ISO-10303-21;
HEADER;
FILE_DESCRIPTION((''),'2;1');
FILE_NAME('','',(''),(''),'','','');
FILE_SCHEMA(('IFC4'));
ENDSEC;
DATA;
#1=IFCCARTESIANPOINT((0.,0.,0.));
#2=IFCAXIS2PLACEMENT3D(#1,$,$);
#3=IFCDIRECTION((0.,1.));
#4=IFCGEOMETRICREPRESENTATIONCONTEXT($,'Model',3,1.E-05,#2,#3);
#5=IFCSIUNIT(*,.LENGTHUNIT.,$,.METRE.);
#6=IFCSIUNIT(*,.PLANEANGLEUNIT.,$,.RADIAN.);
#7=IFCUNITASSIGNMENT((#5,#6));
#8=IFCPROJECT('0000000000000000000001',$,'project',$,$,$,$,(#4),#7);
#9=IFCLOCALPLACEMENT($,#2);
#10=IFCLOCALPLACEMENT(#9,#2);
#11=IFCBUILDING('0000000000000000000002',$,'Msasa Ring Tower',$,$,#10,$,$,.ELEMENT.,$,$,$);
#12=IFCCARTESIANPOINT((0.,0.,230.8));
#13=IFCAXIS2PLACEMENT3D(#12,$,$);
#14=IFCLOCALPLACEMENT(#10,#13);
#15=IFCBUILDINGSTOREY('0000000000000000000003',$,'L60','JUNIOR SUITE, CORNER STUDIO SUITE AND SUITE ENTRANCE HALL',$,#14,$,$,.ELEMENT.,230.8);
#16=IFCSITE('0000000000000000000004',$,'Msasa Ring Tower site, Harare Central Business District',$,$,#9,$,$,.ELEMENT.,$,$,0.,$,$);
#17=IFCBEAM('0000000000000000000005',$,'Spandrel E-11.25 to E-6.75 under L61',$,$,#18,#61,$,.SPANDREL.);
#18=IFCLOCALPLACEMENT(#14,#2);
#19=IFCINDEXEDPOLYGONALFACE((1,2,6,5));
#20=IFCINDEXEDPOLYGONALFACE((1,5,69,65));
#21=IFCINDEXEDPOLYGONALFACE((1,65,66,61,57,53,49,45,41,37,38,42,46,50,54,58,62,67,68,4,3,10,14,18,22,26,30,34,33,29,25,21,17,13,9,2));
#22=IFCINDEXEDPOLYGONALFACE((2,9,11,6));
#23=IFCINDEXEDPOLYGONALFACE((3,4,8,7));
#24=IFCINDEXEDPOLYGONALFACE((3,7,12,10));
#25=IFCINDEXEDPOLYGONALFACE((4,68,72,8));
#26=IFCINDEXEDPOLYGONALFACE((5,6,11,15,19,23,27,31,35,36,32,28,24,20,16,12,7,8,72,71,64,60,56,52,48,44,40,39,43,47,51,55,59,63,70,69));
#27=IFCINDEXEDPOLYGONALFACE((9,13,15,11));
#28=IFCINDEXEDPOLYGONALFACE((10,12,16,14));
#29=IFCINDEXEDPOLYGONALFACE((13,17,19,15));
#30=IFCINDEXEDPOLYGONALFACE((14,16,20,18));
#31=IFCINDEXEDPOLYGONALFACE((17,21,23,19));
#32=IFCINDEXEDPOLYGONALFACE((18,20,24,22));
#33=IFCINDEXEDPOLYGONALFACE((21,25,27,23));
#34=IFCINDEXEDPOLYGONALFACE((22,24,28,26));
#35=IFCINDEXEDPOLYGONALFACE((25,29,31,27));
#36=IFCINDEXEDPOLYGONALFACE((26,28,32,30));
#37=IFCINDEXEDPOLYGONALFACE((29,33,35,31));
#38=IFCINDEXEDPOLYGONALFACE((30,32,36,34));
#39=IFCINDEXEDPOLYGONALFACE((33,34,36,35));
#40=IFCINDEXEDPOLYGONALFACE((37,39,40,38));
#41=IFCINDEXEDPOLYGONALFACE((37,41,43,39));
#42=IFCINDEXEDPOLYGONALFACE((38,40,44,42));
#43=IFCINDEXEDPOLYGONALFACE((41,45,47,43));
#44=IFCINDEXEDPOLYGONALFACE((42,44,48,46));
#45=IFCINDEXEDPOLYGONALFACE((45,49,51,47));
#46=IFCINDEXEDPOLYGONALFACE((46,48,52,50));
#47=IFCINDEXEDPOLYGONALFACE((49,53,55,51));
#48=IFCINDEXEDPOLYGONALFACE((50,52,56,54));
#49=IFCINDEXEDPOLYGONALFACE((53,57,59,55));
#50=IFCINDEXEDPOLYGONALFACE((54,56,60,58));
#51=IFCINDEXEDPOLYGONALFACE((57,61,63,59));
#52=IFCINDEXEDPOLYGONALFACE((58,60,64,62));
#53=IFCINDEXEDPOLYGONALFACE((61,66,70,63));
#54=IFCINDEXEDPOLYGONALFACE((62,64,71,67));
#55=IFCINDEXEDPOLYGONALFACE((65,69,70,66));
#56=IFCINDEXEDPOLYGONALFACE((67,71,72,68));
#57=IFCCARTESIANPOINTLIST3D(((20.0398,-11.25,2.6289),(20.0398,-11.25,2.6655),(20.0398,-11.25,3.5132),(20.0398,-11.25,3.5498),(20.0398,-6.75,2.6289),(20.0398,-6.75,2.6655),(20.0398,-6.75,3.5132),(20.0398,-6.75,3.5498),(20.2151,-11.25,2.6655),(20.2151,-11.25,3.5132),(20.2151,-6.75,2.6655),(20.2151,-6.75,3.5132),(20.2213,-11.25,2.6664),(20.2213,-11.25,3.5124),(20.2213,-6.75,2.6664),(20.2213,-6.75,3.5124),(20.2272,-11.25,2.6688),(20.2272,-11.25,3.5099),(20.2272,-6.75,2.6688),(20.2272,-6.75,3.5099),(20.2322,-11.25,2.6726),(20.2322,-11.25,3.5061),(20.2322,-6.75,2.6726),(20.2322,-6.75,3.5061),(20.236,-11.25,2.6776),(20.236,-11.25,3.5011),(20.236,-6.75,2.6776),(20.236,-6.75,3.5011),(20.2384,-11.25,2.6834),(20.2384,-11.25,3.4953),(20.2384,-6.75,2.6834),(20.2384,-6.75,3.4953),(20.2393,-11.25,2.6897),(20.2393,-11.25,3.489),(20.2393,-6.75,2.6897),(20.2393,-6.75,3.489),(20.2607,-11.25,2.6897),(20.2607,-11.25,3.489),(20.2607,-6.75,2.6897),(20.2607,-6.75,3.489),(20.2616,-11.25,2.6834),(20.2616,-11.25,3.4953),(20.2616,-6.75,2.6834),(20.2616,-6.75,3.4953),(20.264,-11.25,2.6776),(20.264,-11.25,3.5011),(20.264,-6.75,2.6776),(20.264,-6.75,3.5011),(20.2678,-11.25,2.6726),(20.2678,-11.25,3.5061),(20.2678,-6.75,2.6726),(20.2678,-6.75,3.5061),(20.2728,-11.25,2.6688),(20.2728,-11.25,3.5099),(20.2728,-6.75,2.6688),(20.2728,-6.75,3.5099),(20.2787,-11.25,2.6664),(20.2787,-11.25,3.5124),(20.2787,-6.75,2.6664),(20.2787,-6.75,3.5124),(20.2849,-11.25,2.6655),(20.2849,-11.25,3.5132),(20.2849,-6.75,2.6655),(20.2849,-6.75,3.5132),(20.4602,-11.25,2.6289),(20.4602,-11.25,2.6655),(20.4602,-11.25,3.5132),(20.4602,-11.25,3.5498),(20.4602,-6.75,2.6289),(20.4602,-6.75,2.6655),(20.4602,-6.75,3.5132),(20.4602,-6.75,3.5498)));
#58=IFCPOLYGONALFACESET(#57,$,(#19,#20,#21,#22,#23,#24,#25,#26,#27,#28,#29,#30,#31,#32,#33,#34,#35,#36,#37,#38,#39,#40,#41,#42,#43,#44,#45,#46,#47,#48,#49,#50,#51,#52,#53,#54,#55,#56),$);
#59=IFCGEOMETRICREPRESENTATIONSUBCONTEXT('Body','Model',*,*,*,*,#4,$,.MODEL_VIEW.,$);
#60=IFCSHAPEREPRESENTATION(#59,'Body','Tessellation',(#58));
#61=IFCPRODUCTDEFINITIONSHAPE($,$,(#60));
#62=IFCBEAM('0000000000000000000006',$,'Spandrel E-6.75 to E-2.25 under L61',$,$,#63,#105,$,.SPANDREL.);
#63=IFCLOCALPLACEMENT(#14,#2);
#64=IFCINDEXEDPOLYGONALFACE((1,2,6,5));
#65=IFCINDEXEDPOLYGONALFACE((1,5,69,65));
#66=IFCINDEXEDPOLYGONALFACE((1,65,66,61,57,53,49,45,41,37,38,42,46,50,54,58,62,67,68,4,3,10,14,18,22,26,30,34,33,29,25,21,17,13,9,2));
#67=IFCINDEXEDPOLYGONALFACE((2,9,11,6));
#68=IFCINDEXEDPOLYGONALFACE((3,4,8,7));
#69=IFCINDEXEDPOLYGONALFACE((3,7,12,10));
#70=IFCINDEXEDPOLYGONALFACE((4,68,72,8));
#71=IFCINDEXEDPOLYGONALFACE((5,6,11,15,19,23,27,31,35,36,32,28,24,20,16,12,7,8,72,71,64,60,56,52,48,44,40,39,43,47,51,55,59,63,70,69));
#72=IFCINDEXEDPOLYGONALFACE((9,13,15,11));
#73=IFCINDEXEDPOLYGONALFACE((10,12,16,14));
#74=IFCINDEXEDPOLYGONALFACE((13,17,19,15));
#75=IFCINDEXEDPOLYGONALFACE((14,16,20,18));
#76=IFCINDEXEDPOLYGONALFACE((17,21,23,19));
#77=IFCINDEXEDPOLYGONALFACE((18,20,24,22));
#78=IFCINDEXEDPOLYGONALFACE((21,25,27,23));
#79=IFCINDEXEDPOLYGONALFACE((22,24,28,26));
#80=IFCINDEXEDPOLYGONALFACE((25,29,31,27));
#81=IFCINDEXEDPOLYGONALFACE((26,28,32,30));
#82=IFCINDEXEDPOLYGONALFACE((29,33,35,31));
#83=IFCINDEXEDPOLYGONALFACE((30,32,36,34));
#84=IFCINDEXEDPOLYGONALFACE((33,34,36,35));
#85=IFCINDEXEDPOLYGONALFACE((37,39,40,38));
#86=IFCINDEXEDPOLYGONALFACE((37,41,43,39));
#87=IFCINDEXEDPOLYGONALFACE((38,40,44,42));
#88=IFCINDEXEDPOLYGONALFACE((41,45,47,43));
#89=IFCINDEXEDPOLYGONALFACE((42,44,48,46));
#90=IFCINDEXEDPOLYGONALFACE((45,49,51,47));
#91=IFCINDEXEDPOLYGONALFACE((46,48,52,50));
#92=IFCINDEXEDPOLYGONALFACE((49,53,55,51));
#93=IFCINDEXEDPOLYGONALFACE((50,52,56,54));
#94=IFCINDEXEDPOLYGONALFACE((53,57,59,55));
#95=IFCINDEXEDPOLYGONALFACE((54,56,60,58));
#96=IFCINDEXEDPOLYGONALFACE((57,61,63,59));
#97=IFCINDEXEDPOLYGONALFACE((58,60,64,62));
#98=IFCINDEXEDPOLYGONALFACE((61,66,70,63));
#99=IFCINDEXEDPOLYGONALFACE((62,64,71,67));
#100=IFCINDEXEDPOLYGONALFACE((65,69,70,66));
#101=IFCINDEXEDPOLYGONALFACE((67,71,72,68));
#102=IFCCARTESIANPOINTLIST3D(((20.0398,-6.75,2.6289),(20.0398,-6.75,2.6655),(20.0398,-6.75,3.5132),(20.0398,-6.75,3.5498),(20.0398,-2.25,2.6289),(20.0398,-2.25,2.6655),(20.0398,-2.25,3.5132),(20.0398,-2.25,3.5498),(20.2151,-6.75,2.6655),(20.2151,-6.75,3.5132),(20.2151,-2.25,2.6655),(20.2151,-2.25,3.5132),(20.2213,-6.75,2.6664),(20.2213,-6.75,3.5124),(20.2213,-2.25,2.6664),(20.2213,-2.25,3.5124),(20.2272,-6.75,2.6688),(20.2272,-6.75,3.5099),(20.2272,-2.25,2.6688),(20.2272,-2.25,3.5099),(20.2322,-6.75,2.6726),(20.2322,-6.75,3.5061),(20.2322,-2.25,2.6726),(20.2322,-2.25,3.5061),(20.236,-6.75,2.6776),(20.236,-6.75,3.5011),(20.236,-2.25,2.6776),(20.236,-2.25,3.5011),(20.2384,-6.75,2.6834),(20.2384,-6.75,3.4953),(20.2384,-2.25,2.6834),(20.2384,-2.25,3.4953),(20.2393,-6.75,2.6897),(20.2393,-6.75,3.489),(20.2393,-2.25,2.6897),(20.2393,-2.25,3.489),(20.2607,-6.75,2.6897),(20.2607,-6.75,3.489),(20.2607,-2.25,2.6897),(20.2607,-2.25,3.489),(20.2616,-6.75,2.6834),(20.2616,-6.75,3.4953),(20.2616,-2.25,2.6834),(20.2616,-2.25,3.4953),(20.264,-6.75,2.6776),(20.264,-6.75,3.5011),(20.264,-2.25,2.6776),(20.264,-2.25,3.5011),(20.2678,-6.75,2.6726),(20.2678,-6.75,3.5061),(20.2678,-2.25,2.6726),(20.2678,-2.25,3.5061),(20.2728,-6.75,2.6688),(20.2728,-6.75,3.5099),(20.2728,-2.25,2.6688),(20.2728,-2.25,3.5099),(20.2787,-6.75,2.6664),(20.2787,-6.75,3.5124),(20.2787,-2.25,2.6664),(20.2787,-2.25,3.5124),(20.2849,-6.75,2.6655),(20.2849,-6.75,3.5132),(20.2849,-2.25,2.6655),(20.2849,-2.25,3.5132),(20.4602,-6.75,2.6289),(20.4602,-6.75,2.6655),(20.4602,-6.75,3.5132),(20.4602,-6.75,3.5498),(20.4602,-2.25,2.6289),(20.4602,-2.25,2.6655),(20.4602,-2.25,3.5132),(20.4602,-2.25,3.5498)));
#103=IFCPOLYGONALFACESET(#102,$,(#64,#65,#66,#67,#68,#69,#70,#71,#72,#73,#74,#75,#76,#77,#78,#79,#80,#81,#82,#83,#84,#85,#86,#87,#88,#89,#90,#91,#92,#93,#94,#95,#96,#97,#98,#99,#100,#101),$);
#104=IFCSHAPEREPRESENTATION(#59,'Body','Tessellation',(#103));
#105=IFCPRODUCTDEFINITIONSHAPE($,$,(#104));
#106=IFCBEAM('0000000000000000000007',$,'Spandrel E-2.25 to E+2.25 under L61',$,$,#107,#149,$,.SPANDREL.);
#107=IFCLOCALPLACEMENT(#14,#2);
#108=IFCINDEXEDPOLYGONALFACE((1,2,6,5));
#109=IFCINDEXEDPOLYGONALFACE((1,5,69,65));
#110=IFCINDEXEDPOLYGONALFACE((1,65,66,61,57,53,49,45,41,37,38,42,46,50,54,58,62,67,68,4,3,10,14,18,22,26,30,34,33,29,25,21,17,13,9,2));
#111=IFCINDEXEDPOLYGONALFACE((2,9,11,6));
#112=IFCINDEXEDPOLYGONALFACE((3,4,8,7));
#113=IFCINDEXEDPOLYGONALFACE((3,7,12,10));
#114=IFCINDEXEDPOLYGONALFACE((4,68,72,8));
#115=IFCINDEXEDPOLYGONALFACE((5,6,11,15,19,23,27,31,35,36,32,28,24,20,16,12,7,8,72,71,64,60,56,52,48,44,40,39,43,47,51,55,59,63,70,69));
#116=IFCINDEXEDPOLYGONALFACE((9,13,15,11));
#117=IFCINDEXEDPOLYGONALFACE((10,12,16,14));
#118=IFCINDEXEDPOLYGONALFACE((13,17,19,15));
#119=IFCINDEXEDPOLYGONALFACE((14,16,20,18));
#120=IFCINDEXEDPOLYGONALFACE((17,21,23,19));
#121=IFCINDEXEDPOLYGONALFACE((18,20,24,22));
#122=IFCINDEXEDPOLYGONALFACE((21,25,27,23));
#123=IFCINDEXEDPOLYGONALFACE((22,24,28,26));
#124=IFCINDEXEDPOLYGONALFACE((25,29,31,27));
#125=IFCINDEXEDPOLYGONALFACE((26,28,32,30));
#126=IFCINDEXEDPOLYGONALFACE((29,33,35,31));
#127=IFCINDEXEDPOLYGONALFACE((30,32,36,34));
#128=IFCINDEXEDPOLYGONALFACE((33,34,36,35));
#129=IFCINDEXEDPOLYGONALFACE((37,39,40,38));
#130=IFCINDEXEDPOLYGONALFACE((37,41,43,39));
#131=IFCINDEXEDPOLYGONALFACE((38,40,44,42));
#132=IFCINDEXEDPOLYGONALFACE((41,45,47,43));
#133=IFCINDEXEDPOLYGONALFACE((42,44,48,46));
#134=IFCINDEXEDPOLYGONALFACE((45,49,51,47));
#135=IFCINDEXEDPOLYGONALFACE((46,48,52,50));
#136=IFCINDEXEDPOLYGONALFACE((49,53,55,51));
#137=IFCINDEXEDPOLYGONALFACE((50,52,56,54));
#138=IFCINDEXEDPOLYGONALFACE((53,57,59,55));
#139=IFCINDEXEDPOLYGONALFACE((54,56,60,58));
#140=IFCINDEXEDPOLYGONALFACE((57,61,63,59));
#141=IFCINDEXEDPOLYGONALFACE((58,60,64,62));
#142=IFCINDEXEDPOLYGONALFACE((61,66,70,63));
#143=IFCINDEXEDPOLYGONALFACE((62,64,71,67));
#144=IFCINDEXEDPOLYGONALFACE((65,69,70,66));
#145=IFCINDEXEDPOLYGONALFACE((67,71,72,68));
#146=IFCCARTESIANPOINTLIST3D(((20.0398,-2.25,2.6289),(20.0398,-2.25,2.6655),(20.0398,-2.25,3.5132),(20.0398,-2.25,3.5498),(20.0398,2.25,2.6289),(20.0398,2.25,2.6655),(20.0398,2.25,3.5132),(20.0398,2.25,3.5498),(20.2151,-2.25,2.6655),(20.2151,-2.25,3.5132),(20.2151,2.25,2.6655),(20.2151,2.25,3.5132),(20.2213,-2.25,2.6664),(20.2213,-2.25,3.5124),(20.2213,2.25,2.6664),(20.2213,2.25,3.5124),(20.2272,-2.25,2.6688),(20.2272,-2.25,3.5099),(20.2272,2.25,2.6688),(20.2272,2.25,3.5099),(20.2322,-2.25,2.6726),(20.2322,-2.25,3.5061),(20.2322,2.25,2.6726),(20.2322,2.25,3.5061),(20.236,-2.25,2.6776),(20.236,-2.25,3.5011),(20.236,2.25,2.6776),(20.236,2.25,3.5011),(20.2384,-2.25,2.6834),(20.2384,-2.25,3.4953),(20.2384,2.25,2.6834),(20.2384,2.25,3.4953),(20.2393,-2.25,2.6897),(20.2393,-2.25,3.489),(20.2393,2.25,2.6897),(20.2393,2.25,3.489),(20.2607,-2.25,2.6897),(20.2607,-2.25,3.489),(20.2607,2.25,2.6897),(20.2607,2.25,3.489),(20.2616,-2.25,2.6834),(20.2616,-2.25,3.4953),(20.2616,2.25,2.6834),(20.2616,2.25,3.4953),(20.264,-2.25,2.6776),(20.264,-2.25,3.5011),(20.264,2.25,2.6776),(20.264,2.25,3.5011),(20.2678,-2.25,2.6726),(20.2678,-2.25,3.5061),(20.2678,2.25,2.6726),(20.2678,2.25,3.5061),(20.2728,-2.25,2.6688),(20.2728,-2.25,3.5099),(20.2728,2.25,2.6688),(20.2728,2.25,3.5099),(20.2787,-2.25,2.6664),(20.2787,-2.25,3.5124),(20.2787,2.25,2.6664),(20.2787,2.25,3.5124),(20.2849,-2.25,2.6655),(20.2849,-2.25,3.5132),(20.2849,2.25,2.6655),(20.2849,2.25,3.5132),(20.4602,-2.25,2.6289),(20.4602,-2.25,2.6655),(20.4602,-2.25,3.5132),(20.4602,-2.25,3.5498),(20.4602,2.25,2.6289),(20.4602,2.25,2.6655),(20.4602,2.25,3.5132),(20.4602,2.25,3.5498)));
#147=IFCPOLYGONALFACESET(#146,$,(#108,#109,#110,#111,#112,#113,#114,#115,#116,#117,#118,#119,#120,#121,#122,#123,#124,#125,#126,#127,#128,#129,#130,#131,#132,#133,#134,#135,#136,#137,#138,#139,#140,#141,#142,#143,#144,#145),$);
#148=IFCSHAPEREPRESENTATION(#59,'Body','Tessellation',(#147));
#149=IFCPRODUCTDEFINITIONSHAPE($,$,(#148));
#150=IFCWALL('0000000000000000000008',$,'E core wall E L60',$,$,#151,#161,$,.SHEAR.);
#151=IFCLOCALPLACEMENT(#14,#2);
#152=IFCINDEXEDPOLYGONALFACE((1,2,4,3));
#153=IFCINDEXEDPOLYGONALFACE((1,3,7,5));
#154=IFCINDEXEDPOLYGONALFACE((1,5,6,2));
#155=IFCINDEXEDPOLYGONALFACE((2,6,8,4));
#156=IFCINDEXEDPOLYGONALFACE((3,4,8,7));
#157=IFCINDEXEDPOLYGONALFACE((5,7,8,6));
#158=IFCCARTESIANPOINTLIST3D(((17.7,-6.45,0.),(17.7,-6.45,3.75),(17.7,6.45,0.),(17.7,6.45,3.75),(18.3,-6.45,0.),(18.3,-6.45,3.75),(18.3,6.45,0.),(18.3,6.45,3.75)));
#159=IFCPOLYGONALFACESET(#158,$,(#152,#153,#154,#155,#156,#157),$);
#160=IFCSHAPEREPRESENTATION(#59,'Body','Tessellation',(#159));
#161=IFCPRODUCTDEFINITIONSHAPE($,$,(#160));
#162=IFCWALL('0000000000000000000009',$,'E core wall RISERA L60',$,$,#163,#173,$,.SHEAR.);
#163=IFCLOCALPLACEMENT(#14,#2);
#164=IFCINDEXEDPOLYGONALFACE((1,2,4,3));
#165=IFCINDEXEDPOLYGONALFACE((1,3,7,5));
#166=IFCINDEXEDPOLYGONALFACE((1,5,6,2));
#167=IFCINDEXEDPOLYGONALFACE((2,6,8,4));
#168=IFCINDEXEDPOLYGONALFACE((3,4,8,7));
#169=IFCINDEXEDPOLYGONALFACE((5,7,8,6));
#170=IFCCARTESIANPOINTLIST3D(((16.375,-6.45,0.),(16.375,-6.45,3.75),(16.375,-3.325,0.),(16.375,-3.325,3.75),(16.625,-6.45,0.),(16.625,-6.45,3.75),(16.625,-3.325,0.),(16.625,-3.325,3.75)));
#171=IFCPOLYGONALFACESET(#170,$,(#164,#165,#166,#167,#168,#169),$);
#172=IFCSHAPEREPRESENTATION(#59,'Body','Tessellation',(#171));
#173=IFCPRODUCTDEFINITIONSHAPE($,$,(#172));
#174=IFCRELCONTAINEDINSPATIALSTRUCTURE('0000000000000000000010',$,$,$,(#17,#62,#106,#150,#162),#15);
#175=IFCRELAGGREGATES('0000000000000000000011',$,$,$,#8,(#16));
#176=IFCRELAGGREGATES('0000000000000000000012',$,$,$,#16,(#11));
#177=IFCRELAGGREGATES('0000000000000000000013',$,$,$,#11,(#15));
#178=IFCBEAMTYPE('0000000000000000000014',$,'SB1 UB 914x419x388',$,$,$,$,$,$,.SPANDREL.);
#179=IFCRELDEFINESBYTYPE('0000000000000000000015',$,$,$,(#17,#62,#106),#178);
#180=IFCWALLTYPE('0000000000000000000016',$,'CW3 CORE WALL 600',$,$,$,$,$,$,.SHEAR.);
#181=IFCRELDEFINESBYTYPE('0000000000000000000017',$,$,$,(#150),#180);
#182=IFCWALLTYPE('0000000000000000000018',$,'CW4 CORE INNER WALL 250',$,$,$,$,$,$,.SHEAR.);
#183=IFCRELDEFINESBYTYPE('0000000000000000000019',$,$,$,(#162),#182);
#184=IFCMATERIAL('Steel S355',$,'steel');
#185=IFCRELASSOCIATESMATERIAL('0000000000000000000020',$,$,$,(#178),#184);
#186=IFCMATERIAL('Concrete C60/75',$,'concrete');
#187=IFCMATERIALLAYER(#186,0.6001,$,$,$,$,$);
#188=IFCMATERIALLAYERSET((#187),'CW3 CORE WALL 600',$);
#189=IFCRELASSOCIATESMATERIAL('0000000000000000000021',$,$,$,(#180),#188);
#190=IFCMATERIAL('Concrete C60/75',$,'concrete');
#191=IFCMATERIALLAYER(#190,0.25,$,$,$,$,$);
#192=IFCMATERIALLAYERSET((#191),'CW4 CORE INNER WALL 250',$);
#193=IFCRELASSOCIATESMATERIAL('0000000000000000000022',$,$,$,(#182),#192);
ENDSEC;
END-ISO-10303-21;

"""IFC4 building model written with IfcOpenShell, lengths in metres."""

from ifc_helpers import new_model, si_unit, direction, frame, frame_2d, origin, origin_2d, place, context, subcontext, project, spatial, rectangle, i_section, extrude, material, layer, layer_set, material_profile, profile_set, type_object, element, save


model = new_model("IFC4")

# Units and contexts
model_context = context("Model", 3, precision=1e-05, world=origin(), true_north=direction((0.0, 1.0)))
body_context = subcontext(model_context, "Body", "Model", "MODEL_VIEW")
ifc_project = project(units=[si_unit("LENGTHUNIT", "METRE"), si_unit("PLANEANGLEUNIT", "RADIAN")], contexts=[model_context])

# Site, building, storey
site_placement = place(None, origin())
site = spatial("IfcSite", under=ifc_project, at=site_placement, Name="Msasa Ring Tower site, Harare Central Business District", CompositionType="ELEMENT", RefElevation=0.0)
building_placement = place(site_placement, origin())
building = spatial("IfcBuilding", under=site, at=building_placement, Name="Msasa Ring Tower", CompositionType="ELEMENT")
storey_placement = place(building_placement, frame((0.0, 0.0, 230.8)))
storey = spatial("IfcBuildingStorey", under=building, at=storey_placement, Name="L60", Description="JUNIOR SUITE, CORNER STUDIO SUITE AND SUITE ENTRANCE HALL", CompositionType="ELEMENT", Elevation=230.8)

# Beams
ifc_material_1 = material(Name="Steel S355", Category="steel")
ifc_material_profile_1 = material_profile(ifc_material_1, i_section(OverallWidth=0.4204, OverallDepth=0.9209, WebThickness=0.0215, FlangeThickness=0.0366, FilletRadius=0.0242, at=origin_2d()), Name="UB 914x419x388")
ifc_profile_set_1 = profile_set([ifc_material_profile_1], Name="Steel S355")
beam_type_1 = type_object("IfcBeamType", Name="SB1 UB 914x419x388", PredefinedType="SPANDREL", material=ifc_profile_set_1)
for number, where, z_axis, x_axis, name in (
    (1, (20.25, -11.25, 3.0894), (0.0, 1.0, 0.0), (-1.0, 0.0, 0.0), "Spandrel E-11.25 to E-6.75 under L61"),
    (2, (20.25, -6.75, 3.0894), (0.0, 1.0, 0.0), (-1.0, 0.0, 0.0), "Spandrel E-6.75 to E-2.25 under L61"),
    (3, (20.25, -2.25, 3.0894), (0.0, 1.0, 0.0), (-1.0, 0.0, 0.0), "Spandrel E-2.25 to E+2.25 under L61"),
):
    element("IfcBeam", number, at=place(storey_placement, frame(where, z_axis=z_axis, x_axis=x_axis)), inside=storey, type_object=beam_type_1, Name=name, PredefinedType="SPANDREL", context=body_context, shape_type="SweptSolid", body=[
        extrude(i_section(OverallWidth=0.4204, OverallDepth=0.9209, WebThickness=0.0215, FlangeThickness=0.0366, FilletRadius=0.0242, at=origin_2d()), origin(), (0.0, 0.0, 1.0), 4.5),
    ])

# Walls
ifc_material_2 = material(Name="Concrete C60/75", Category="concrete")
ifc_layer_1 = layer(ifc_material_2, 0.6001)
ifc_layer_set_1 = layer_set([ifc_layer_1], Name="CW3 CORE WALL 600")
wall_type_1 = type_object("IfcWallType", Name="CW3 CORE WALL 600", PredefinedType="SHEAR", material=ifc_layer_set_1)
wall_1_placement = place(storey_placement, frame((18.0, -6.45, 0.0), z_axis=(0.0, 0.0, 1.0), x_axis=(0.0, 1.0, 0.0)))
element("IfcWall", 4, at=wall_1_placement, inside=storey, type_object=wall_type_1, Name="E core wall E L60", PredefinedType="SHEAR", context=body_context, shape_type="SweptSolid", body=[
    extrude(rectangle(XDim=12.8999, YDim=0.6001, at=frame_2d((6.45, 0.0))), origin(), (0.0, 0.0, 1.0), 3.75),
])
ifc_material_3 = material(Name="Concrete C60/75", Category="concrete")
ifc_layer_2 = layer(ifc_material_3, 0.25)
ifc_layer_set_2 = layer_set([ifc_layer_2], Name="CW4 CORE INNER WALL 250")
wall_type_2 = type_object("IfcWallType", Name="CW4 CORE INNER WALL 250", PredefinedType="SHEAR", material=ifc_layer_set_2)
wall_2_placement = place(storey_placement, frame((16.5, -6.45, 0.0), z_axis=(0.0, 0.0, 1.0), x_axis=(0.0, 1.0, 0.0)))
element("IfcWall", 5, at=wall_2_placement, inside=storey, type_object=wall_type_2, Name="E core wall RISERA L60", PredefinedType="SHEAR", context=body_context, shape_type="SweptSolid", body=[
    extrude(rectangle(XDim=3.125, YDim=0.25, at=frame_2d((1.5625, 0.0))), origin(), (0.0, 0.0, 1.0), 3.75),
])

save(model, "model.ifc")
